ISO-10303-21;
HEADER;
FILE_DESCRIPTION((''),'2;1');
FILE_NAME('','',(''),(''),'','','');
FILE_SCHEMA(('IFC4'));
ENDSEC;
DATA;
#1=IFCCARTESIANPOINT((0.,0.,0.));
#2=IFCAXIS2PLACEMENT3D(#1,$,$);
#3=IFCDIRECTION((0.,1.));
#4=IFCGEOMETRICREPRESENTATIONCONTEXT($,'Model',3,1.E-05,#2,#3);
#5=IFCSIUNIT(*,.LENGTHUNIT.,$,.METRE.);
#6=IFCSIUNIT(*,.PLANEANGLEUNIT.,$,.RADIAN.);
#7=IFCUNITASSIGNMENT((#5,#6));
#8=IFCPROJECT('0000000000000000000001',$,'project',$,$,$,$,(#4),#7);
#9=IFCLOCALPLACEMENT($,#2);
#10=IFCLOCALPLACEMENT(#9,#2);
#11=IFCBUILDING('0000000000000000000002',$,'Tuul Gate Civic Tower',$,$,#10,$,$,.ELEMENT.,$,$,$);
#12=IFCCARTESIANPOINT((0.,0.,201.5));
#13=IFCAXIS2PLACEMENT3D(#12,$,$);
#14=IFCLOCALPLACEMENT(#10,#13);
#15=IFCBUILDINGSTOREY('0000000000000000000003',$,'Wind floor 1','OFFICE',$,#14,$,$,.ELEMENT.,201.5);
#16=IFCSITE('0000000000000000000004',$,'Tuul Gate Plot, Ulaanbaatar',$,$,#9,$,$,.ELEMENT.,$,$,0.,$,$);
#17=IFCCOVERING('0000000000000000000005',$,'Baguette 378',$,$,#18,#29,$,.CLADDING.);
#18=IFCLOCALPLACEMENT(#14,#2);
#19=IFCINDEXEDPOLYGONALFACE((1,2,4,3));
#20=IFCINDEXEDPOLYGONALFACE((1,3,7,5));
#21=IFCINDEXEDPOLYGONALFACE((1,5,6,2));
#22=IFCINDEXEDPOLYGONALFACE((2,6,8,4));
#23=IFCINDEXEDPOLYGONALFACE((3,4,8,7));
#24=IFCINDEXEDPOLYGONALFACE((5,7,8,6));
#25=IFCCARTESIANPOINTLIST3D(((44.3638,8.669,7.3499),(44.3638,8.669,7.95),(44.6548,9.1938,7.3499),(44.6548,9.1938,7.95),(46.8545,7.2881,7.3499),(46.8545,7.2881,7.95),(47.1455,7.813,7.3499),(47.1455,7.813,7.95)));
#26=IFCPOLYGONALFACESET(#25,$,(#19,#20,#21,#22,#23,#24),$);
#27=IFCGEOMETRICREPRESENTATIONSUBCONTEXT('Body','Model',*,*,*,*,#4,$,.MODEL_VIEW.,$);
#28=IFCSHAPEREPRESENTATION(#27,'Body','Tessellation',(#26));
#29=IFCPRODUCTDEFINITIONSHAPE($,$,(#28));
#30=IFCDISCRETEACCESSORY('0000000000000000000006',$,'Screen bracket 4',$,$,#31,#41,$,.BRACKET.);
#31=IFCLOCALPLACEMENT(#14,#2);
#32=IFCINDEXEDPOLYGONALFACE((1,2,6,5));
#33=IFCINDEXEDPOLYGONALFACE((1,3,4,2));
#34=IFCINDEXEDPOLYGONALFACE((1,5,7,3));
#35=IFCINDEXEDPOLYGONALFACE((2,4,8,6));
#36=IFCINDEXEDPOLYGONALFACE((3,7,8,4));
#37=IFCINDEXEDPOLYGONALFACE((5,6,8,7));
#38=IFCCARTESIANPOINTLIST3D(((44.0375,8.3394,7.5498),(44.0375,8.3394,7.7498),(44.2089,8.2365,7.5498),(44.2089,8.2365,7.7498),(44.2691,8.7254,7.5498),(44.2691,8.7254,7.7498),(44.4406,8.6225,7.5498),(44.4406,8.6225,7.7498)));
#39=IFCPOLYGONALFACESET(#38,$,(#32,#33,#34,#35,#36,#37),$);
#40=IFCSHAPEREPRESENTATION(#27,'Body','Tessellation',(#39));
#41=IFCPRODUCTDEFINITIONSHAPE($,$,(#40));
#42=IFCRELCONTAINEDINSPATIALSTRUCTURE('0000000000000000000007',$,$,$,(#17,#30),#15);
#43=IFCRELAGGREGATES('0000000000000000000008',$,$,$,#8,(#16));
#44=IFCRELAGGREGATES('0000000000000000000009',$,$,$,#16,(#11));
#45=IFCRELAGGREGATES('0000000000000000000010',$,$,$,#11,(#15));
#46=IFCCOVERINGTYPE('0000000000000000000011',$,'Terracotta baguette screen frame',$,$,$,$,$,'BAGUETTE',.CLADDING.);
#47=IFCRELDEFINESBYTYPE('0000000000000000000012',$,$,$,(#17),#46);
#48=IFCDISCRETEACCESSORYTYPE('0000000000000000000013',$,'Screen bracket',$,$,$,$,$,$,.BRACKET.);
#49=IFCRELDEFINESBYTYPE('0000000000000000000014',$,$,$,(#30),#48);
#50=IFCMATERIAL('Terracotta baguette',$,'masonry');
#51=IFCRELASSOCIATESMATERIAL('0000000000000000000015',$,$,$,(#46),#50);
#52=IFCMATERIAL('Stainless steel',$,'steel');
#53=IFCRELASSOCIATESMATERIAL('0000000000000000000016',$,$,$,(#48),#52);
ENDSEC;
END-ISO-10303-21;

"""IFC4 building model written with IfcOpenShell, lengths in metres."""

from ifc_helpers import new_model, si_unit, direction, frame, origin, origin_2d, place, context, subcontext, project, spatial, rectangle, extrude, material, material_profile, profile_set, type_object, element, save


model = new_model("IFC4")

# Units and contexts
model_context = context("Model", 3, precision=1e-05, world=origin(), true_north=direction((0.0, 1.0)))
body_context = subcontext(model_context, "Body", "Model", "MODEL_VIEW")
ifc_project = project(units=[si_unit("LENGTHUNIT", "METRE"), si_unit("PLANEANGLEUNIT", "RADIAN")], contexts=[model_context])

# Site, building, storey
site_placement = place(None, origin())
site = spatial("IfcSite", under=ifc_project, at=site_placement, Name="Tuul Gate Plot, Ulaanbaatar", CompositionType="ELEMENT", RefElevation=0.0)
building_placement = place(site_placement, origin())
building = spatial("IfcBuilding", under=site, at=building_placement, Name="Tuul Gate Civic Tower", CompositionType="ELEMENT")
storey_placement = place(building_placement, frame((0.0, 0.0, 201.5)))
storey = spatial("IfcBuildingStorey", under=building, at=storey_placement, Name="Wind floor 1", Description="OFFICE", CompositionType="ELEMENT", Elevation=201.5)

# Covering
ifc_material_1 = material(Name="Terracotta baguette", Category="masonry")
ifc_material_profile_1 = material_profile(ifc_material_1, rectangle(XDim=0.6001, YDim=0.6001, at=origin_2d()), Name="Terracotta baguette screen frame")
ifc_profile_set_1 = profile_set([ifc_material_profile_1], Name="Terracotta baguette")
covering_type = type_object("IfcCoveringType", Name="Terracotta baguette screen frame", ElementType="BAGUETTE", PredefinedType="CLADDING", material=ifc_profile_set_1)
covering_1_placement = place(storey_placement, frame((47.0, 7.5505, 7.6499), z_axis=(-0.874586, 0.484871, 0.0), x_axis=(-0.484871, -0.874586, 0.0)))
element("IfcCovering", 1, at=covering_1_placement, inside=storey, type_object=covering_type, Name="Baguette 378", PredefinedType="CLADDING", context=body_context, shape_type="SweptSolid", body=[
    extrude(rectangle(XDim=0.6001, YDim=0.6001, at=origin_2d()), origin(), (0.0, 0.0, 1.0), 2.8479),
])

# Discrete accessory
ifc_material_2 = material(Name="Stainless steel", Category="steel")
discrete_accessory_type = type_object("IfcDiscreteAccessoryType", Name="Screen bracket", PredefinedType="BRACKET", material=ifc_material_2)
discrete_accessory_placement = place(storey_placement, frame((44.239, 8.481, 7.5498), z_axis=(0.0, 0.0, 1.0), x_axis=(0.514594, 0.857434, 0.0)))
element("IfcDiscreteAccessory", 2, at=discrete_accessory_placement, inside=storey, type_object=discrete_accessory_type, Name="Screen bracket 4", PredefinedType="BRACKET", context=body_context, shape_type="SweptSolid", body=[
    extrude(rectangle(XDim=0.4502, YDim=0.2, at=origin_2d()), origin(), (0.0, 0.0, 1.0), 0.2),
])

save(model, "model.ifc")
